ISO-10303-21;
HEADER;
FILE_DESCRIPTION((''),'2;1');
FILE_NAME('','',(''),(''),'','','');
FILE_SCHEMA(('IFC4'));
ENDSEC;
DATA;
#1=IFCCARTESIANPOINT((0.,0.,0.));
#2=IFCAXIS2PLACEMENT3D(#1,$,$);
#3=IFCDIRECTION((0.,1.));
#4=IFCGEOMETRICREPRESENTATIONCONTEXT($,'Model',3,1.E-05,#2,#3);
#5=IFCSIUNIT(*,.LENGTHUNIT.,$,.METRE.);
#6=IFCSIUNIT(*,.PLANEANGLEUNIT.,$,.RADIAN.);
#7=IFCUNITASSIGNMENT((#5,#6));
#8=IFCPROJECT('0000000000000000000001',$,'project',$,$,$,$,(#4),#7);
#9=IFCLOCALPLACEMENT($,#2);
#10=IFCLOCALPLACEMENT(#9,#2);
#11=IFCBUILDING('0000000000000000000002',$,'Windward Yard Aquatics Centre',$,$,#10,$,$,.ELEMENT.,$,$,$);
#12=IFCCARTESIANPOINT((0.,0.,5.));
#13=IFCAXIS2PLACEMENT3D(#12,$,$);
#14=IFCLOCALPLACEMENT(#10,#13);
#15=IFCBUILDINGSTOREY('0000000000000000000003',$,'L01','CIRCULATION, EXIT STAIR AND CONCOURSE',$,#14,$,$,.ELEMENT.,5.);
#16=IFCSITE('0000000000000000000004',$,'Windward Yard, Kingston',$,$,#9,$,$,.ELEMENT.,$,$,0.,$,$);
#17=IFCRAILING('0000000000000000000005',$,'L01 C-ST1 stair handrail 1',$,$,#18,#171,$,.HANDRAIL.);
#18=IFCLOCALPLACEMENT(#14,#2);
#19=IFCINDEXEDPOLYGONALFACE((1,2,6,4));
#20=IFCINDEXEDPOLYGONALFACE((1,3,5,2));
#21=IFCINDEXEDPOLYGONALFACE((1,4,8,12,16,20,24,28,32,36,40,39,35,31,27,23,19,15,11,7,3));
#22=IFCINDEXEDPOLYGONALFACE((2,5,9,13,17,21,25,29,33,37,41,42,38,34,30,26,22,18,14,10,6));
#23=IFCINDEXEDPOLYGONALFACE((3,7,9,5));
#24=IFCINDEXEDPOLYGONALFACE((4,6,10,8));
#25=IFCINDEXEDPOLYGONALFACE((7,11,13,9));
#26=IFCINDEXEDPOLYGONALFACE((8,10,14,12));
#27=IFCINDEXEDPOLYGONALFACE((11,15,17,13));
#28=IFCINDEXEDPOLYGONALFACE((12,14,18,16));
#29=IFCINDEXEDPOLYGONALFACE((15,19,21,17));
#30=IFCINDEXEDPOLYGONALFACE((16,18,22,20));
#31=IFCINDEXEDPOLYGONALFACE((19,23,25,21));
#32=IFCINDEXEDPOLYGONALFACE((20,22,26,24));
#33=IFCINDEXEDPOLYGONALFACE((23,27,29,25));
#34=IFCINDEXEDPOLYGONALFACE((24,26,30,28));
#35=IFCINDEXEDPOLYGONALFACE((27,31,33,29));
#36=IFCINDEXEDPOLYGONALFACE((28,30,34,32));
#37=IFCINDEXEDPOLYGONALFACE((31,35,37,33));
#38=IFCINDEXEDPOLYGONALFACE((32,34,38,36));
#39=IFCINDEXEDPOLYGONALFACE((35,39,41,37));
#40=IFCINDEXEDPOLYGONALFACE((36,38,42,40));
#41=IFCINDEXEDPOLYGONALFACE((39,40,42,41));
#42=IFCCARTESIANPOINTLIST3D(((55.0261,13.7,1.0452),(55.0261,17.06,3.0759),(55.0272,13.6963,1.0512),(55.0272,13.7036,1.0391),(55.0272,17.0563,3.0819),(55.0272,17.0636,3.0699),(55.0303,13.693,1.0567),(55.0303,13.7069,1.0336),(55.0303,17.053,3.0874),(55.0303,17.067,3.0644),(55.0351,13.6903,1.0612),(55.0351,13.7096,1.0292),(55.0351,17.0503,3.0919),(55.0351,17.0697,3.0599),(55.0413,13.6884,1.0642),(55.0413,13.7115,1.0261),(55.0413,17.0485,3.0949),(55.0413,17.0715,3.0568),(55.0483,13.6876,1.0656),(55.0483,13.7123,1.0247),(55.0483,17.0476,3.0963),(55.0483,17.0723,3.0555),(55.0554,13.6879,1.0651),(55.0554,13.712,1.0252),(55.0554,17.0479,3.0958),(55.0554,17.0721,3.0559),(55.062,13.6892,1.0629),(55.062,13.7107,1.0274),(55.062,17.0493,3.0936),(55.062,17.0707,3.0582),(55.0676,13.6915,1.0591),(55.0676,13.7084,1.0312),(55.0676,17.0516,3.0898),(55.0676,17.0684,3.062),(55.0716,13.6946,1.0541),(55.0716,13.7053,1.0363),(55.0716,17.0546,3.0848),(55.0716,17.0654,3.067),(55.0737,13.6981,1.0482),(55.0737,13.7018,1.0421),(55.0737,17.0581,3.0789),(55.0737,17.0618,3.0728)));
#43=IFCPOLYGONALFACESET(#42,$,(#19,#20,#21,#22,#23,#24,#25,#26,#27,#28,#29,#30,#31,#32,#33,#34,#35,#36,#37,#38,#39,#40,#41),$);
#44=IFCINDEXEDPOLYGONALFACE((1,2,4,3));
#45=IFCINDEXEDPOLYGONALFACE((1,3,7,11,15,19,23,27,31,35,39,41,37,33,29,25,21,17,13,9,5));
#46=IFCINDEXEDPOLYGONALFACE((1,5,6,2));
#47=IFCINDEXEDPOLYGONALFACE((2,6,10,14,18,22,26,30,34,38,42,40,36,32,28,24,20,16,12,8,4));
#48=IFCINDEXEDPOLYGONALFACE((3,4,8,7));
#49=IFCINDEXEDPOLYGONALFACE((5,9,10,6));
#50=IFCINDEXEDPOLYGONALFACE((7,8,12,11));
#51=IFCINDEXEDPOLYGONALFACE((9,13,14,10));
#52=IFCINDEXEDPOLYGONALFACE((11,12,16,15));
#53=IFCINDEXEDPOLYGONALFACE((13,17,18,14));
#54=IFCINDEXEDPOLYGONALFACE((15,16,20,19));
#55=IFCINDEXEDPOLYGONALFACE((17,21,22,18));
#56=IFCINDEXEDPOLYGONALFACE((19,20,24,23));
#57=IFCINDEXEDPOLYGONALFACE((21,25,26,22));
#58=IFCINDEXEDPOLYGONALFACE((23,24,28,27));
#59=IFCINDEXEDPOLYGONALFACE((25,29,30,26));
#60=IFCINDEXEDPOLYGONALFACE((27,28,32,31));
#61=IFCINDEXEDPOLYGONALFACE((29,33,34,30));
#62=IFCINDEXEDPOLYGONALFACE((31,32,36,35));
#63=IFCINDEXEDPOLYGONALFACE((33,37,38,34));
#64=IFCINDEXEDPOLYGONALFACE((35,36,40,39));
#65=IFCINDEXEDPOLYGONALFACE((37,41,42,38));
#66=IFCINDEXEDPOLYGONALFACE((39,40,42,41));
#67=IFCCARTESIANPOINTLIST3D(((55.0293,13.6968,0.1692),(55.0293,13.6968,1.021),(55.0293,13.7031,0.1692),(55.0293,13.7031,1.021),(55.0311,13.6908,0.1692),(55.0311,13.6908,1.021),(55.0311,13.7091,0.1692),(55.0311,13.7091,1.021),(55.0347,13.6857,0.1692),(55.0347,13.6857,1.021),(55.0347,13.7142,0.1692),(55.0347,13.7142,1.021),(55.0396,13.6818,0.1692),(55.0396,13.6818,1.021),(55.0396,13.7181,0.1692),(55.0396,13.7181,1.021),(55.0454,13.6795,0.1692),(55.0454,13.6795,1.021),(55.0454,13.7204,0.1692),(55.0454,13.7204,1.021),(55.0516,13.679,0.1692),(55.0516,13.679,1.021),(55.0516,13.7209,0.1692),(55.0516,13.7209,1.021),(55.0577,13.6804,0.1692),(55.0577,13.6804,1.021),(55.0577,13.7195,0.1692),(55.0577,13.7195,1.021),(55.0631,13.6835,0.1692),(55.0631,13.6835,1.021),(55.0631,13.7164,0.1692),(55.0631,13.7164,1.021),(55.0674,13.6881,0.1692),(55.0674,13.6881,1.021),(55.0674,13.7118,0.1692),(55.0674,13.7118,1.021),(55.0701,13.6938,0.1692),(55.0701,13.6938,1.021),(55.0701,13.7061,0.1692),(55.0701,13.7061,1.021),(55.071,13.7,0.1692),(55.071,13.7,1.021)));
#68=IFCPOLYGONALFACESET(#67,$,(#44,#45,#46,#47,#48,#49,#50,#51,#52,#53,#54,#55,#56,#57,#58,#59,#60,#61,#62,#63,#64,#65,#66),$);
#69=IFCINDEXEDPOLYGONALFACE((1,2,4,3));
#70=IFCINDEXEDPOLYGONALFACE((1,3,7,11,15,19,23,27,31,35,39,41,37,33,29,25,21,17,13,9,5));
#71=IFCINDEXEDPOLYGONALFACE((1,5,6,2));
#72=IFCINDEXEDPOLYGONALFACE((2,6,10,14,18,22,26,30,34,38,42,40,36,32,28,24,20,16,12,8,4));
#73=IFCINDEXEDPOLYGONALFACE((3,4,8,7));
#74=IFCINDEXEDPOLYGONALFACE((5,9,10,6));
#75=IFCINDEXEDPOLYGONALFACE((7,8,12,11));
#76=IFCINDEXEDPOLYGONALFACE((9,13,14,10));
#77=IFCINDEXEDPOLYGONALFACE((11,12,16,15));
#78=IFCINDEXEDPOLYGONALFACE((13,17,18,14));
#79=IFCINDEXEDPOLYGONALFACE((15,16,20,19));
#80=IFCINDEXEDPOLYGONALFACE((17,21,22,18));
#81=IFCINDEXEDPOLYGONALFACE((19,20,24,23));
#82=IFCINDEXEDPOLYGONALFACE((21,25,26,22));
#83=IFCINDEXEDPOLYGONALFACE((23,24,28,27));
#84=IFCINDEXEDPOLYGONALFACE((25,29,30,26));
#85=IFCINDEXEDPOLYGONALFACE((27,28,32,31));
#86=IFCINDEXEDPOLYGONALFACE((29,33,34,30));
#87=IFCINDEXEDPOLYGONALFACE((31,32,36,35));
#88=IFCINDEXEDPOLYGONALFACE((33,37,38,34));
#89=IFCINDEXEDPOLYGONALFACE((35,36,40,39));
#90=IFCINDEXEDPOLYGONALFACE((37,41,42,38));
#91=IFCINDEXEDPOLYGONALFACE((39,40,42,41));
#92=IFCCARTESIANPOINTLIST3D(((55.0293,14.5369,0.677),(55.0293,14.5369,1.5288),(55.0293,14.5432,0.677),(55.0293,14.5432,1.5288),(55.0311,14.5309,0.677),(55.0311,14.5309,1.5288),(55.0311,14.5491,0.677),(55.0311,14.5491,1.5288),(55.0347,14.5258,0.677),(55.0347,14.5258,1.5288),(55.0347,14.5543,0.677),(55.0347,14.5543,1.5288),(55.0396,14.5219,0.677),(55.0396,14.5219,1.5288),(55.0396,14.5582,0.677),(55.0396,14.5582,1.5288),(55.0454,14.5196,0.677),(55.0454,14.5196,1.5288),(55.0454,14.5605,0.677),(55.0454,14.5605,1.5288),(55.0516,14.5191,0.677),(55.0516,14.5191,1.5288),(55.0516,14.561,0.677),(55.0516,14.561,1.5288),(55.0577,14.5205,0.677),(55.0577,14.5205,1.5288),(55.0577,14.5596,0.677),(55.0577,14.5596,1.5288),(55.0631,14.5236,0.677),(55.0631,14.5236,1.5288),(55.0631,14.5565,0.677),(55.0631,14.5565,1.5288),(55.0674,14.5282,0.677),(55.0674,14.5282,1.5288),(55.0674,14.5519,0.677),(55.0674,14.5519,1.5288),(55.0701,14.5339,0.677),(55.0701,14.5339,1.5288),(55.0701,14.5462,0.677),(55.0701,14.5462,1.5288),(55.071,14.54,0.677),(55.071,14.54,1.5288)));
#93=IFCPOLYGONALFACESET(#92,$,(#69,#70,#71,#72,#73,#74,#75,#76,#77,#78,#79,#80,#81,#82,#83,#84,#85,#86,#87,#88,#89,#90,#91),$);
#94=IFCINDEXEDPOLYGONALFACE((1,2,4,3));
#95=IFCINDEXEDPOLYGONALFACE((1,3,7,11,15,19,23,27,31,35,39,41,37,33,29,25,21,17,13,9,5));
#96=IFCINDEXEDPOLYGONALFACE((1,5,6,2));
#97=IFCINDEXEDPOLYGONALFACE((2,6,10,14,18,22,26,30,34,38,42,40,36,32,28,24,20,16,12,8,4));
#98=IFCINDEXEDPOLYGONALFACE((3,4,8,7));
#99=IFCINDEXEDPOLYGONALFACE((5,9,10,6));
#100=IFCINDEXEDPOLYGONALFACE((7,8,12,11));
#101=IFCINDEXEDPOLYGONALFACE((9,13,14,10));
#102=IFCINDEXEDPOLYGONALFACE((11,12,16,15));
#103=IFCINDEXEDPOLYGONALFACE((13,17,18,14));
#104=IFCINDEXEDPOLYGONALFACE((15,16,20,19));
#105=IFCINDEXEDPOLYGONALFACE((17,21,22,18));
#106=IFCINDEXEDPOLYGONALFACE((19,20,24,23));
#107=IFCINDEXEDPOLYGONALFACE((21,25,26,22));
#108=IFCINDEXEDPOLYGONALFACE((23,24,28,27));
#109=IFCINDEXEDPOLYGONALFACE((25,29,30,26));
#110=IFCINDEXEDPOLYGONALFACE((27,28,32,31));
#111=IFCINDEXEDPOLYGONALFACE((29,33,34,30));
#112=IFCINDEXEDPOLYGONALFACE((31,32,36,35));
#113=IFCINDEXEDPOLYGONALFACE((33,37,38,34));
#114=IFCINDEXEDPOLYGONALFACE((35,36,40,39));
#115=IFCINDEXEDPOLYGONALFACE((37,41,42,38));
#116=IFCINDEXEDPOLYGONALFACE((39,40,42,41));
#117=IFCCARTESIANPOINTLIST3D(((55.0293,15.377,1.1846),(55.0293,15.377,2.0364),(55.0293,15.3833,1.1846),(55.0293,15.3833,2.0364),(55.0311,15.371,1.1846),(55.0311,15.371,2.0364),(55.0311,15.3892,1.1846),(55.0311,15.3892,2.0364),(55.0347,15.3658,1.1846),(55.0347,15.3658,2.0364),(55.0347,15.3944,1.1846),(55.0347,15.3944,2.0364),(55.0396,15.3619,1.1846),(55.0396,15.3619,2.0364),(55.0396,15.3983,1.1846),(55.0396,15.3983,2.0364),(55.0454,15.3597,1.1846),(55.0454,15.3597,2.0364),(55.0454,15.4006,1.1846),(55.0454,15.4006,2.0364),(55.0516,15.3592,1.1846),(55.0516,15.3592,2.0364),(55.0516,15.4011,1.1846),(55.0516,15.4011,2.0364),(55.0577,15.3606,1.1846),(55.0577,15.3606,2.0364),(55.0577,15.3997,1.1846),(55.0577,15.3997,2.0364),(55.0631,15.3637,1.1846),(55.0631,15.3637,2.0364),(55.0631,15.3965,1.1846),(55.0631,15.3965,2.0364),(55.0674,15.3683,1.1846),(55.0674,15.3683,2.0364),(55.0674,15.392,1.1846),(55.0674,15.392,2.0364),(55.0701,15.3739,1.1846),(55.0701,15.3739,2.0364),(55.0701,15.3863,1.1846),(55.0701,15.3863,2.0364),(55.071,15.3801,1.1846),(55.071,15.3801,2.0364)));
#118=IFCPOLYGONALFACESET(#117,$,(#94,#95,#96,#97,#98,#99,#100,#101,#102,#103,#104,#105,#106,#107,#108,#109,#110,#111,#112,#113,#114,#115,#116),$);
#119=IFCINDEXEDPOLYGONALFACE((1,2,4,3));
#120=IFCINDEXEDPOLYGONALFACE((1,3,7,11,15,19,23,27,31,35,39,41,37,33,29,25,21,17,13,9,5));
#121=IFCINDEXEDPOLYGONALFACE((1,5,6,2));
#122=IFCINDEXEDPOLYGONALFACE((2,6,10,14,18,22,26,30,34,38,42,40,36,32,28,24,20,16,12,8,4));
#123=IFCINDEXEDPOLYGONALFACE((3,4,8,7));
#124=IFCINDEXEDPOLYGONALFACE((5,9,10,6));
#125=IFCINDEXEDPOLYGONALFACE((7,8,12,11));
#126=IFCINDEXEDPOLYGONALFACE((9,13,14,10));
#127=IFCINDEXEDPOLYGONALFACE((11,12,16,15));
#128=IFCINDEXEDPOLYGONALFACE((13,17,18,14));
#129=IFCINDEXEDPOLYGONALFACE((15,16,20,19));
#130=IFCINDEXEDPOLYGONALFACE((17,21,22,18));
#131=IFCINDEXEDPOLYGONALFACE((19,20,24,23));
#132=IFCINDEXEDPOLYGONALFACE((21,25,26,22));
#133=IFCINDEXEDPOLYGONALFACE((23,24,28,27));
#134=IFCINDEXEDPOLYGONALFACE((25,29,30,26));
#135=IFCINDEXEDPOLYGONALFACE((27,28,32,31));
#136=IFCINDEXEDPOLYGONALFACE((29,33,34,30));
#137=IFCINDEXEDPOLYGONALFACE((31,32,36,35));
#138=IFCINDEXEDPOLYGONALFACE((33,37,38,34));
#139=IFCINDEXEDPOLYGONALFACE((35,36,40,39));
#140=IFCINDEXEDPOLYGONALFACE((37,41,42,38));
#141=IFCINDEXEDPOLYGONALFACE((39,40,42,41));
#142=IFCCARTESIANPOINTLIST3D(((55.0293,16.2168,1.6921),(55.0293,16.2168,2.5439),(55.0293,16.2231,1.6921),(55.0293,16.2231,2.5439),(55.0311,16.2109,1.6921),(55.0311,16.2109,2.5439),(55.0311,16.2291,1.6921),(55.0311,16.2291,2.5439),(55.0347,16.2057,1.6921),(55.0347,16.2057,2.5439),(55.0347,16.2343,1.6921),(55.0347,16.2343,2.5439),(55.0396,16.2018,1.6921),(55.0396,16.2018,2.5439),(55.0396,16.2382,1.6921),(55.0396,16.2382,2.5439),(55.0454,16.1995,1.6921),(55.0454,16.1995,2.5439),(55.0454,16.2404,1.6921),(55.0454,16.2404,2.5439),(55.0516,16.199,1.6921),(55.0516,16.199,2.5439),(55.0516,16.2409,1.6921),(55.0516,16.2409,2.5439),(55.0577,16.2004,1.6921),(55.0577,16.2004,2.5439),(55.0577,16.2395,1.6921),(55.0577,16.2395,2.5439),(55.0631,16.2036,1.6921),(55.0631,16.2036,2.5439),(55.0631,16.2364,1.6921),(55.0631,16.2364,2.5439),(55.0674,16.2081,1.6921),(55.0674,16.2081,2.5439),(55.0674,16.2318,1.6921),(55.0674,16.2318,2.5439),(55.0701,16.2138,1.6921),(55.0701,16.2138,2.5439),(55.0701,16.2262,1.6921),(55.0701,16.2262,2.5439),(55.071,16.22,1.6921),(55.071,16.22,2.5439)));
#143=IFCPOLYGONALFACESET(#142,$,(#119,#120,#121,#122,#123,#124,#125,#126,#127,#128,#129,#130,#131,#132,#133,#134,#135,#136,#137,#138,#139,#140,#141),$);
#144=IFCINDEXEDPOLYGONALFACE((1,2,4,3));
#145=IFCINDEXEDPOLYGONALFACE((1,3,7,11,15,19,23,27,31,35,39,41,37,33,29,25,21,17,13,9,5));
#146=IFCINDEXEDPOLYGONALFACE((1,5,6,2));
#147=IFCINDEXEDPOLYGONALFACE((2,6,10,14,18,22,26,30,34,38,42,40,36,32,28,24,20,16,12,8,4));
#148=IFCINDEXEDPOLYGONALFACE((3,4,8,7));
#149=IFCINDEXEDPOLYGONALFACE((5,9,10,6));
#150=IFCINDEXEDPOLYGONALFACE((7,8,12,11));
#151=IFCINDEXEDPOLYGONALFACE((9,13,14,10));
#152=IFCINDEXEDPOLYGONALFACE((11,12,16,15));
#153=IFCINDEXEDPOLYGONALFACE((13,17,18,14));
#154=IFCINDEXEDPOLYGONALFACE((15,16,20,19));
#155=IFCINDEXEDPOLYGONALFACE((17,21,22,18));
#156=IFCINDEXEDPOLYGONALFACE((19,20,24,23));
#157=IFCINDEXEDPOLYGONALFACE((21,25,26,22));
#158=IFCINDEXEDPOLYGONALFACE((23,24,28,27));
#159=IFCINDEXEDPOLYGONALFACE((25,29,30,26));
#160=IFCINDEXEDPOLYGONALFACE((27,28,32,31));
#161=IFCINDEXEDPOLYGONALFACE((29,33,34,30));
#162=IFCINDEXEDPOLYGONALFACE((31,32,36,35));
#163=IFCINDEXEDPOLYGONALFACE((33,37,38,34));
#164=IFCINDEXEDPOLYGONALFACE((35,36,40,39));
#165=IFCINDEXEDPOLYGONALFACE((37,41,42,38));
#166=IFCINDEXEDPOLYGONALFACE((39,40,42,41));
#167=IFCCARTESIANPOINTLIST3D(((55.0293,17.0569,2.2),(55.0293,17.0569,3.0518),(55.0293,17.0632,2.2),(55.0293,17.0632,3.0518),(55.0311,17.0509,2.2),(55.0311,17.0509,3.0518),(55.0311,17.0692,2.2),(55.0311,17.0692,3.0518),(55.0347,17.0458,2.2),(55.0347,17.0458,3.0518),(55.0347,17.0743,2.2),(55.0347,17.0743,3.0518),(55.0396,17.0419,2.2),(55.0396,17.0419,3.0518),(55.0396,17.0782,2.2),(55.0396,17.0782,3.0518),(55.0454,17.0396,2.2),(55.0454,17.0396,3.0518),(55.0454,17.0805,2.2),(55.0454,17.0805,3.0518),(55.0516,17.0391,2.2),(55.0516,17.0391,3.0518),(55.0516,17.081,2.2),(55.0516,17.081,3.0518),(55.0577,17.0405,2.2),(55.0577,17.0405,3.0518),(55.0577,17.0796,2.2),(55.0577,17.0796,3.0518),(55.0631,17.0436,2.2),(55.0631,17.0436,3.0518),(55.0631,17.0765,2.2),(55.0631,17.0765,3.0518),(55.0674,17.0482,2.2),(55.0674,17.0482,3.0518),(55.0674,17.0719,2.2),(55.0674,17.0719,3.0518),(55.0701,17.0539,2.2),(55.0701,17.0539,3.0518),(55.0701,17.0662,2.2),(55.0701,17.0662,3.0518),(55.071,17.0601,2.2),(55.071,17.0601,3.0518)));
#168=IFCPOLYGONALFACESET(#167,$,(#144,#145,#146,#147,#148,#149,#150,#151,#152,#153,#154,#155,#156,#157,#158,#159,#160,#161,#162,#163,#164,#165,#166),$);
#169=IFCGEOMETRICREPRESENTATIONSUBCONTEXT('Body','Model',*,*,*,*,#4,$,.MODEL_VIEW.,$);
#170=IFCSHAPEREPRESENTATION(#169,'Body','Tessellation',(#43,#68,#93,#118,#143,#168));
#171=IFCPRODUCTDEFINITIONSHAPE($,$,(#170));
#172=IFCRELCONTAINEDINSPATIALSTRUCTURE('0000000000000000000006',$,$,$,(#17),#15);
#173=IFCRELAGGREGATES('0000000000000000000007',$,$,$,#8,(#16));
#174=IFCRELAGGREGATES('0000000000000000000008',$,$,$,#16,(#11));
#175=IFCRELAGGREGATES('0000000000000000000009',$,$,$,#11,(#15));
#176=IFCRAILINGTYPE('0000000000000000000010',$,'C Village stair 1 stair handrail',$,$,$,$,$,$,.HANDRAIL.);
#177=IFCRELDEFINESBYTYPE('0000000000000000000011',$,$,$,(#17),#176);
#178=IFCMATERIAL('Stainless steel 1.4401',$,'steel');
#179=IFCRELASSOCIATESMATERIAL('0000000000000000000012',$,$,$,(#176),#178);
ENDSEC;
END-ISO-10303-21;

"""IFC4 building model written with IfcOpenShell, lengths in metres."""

from ifc_helpers import new_model, si_unit, direction, frame, origin, origin_2d, place, context, subcontext, project, spatial, circle, extrude, material, type_object, element, save


model = new_model("IFC4")

# Units and contexts
model_context = context("Model", 3, precision=1e-05, world=origin(), true_north=direction((0.0, 1.0)))
body_context = subcontext(model_context, "Body", "Model", "MODEL_VIEW")
ifc_project = project(units=[si_unit("LENGTHUNIT", "METRE"), si_unit("PLANEANGLEUNIT", "RADIAN")], contexts=[model_context])

# Site, building, storey
site_placement = place(None, origin())
site = spatial("IfcSite", under=ifc_project, at=site_placement, Name="Windward Yard, Kingston", CompositionType="ELEMENT", RefElevation=0.0)
building_placement = place(site_placement, origin())
building = spatial("IfcBuilding", under=site, at=building_placement, Name="Windward Yard Aquatics Centre", CompositionType="ELEMENT")
storey_placement = place(building_placement, frame((0.0, 0.0, 5.0)))
storey = spatial("IfcBuildingStorey", under=building, at=storey_placement, Name="L01", Description="CIRCULATION, EXIT STAIR AND CONCOURSE", CompositionType="ELEMENT", Elevation=5.0)

# Railing
ifc_material_1 = material(Name="Stainless steel 1.4401", Category="steel")
railing_type_1 = type_object("IfcRailingType", Name="C Village stair 1 stair handrail", PredefinedType="HANDRAIL", material=ifc_material_1)
railing_1_placement = place(storey_placement, frame((55.05, 13.7, 0.1692)))
element("IfcRailing", 1, at=railing_1_placement, inside=storey, type_object=railing_type_1, Name="L01 C-ST1 stair handrail 1", PredefinedType="HANDRAIL", context=body_context, shape_type="SweptSolid", body=[
    extrude(circle(Radius=0.0239, at=origin_2d()), frame((0.0, 0.0, 0.876), z_axis=(0.0, 0.855837, 0.517246), x_axis=(-1.0, 0.0, 0.0)), (0.0, 0.0, 1.0), 3.926),
    extrude(circle(Radius=0.021, at=origin_2d()), origin(), (0.0, 0.0, 1.0), 0.8518),
    extrude(circle(Radius=0.021, at=origin_2d()), frame((0.0, 0.8401, 0.5078)), (0.0, 0.0, 1.0), 0.8518),
    extrude(circle(Radius=0.021, at=origin_2d()), frame((0.0, 1.6802, 1.0154)), (0.0, 0.0, 1.0), 0.8518),
    extrude(circle(Radius=0.021, at=origin_2d()), frame((0.0, 2.52, 1.5229)), (0.0, 0.0, 1.0), 0.8518),
    extrude(circle(Radius=0.021, at=origin_2d()), frame((0.0, 3.3601, 2.0308)), (0.0, 0.0, 1.0), 0.8518),
])

save(model, "model.ifc")
